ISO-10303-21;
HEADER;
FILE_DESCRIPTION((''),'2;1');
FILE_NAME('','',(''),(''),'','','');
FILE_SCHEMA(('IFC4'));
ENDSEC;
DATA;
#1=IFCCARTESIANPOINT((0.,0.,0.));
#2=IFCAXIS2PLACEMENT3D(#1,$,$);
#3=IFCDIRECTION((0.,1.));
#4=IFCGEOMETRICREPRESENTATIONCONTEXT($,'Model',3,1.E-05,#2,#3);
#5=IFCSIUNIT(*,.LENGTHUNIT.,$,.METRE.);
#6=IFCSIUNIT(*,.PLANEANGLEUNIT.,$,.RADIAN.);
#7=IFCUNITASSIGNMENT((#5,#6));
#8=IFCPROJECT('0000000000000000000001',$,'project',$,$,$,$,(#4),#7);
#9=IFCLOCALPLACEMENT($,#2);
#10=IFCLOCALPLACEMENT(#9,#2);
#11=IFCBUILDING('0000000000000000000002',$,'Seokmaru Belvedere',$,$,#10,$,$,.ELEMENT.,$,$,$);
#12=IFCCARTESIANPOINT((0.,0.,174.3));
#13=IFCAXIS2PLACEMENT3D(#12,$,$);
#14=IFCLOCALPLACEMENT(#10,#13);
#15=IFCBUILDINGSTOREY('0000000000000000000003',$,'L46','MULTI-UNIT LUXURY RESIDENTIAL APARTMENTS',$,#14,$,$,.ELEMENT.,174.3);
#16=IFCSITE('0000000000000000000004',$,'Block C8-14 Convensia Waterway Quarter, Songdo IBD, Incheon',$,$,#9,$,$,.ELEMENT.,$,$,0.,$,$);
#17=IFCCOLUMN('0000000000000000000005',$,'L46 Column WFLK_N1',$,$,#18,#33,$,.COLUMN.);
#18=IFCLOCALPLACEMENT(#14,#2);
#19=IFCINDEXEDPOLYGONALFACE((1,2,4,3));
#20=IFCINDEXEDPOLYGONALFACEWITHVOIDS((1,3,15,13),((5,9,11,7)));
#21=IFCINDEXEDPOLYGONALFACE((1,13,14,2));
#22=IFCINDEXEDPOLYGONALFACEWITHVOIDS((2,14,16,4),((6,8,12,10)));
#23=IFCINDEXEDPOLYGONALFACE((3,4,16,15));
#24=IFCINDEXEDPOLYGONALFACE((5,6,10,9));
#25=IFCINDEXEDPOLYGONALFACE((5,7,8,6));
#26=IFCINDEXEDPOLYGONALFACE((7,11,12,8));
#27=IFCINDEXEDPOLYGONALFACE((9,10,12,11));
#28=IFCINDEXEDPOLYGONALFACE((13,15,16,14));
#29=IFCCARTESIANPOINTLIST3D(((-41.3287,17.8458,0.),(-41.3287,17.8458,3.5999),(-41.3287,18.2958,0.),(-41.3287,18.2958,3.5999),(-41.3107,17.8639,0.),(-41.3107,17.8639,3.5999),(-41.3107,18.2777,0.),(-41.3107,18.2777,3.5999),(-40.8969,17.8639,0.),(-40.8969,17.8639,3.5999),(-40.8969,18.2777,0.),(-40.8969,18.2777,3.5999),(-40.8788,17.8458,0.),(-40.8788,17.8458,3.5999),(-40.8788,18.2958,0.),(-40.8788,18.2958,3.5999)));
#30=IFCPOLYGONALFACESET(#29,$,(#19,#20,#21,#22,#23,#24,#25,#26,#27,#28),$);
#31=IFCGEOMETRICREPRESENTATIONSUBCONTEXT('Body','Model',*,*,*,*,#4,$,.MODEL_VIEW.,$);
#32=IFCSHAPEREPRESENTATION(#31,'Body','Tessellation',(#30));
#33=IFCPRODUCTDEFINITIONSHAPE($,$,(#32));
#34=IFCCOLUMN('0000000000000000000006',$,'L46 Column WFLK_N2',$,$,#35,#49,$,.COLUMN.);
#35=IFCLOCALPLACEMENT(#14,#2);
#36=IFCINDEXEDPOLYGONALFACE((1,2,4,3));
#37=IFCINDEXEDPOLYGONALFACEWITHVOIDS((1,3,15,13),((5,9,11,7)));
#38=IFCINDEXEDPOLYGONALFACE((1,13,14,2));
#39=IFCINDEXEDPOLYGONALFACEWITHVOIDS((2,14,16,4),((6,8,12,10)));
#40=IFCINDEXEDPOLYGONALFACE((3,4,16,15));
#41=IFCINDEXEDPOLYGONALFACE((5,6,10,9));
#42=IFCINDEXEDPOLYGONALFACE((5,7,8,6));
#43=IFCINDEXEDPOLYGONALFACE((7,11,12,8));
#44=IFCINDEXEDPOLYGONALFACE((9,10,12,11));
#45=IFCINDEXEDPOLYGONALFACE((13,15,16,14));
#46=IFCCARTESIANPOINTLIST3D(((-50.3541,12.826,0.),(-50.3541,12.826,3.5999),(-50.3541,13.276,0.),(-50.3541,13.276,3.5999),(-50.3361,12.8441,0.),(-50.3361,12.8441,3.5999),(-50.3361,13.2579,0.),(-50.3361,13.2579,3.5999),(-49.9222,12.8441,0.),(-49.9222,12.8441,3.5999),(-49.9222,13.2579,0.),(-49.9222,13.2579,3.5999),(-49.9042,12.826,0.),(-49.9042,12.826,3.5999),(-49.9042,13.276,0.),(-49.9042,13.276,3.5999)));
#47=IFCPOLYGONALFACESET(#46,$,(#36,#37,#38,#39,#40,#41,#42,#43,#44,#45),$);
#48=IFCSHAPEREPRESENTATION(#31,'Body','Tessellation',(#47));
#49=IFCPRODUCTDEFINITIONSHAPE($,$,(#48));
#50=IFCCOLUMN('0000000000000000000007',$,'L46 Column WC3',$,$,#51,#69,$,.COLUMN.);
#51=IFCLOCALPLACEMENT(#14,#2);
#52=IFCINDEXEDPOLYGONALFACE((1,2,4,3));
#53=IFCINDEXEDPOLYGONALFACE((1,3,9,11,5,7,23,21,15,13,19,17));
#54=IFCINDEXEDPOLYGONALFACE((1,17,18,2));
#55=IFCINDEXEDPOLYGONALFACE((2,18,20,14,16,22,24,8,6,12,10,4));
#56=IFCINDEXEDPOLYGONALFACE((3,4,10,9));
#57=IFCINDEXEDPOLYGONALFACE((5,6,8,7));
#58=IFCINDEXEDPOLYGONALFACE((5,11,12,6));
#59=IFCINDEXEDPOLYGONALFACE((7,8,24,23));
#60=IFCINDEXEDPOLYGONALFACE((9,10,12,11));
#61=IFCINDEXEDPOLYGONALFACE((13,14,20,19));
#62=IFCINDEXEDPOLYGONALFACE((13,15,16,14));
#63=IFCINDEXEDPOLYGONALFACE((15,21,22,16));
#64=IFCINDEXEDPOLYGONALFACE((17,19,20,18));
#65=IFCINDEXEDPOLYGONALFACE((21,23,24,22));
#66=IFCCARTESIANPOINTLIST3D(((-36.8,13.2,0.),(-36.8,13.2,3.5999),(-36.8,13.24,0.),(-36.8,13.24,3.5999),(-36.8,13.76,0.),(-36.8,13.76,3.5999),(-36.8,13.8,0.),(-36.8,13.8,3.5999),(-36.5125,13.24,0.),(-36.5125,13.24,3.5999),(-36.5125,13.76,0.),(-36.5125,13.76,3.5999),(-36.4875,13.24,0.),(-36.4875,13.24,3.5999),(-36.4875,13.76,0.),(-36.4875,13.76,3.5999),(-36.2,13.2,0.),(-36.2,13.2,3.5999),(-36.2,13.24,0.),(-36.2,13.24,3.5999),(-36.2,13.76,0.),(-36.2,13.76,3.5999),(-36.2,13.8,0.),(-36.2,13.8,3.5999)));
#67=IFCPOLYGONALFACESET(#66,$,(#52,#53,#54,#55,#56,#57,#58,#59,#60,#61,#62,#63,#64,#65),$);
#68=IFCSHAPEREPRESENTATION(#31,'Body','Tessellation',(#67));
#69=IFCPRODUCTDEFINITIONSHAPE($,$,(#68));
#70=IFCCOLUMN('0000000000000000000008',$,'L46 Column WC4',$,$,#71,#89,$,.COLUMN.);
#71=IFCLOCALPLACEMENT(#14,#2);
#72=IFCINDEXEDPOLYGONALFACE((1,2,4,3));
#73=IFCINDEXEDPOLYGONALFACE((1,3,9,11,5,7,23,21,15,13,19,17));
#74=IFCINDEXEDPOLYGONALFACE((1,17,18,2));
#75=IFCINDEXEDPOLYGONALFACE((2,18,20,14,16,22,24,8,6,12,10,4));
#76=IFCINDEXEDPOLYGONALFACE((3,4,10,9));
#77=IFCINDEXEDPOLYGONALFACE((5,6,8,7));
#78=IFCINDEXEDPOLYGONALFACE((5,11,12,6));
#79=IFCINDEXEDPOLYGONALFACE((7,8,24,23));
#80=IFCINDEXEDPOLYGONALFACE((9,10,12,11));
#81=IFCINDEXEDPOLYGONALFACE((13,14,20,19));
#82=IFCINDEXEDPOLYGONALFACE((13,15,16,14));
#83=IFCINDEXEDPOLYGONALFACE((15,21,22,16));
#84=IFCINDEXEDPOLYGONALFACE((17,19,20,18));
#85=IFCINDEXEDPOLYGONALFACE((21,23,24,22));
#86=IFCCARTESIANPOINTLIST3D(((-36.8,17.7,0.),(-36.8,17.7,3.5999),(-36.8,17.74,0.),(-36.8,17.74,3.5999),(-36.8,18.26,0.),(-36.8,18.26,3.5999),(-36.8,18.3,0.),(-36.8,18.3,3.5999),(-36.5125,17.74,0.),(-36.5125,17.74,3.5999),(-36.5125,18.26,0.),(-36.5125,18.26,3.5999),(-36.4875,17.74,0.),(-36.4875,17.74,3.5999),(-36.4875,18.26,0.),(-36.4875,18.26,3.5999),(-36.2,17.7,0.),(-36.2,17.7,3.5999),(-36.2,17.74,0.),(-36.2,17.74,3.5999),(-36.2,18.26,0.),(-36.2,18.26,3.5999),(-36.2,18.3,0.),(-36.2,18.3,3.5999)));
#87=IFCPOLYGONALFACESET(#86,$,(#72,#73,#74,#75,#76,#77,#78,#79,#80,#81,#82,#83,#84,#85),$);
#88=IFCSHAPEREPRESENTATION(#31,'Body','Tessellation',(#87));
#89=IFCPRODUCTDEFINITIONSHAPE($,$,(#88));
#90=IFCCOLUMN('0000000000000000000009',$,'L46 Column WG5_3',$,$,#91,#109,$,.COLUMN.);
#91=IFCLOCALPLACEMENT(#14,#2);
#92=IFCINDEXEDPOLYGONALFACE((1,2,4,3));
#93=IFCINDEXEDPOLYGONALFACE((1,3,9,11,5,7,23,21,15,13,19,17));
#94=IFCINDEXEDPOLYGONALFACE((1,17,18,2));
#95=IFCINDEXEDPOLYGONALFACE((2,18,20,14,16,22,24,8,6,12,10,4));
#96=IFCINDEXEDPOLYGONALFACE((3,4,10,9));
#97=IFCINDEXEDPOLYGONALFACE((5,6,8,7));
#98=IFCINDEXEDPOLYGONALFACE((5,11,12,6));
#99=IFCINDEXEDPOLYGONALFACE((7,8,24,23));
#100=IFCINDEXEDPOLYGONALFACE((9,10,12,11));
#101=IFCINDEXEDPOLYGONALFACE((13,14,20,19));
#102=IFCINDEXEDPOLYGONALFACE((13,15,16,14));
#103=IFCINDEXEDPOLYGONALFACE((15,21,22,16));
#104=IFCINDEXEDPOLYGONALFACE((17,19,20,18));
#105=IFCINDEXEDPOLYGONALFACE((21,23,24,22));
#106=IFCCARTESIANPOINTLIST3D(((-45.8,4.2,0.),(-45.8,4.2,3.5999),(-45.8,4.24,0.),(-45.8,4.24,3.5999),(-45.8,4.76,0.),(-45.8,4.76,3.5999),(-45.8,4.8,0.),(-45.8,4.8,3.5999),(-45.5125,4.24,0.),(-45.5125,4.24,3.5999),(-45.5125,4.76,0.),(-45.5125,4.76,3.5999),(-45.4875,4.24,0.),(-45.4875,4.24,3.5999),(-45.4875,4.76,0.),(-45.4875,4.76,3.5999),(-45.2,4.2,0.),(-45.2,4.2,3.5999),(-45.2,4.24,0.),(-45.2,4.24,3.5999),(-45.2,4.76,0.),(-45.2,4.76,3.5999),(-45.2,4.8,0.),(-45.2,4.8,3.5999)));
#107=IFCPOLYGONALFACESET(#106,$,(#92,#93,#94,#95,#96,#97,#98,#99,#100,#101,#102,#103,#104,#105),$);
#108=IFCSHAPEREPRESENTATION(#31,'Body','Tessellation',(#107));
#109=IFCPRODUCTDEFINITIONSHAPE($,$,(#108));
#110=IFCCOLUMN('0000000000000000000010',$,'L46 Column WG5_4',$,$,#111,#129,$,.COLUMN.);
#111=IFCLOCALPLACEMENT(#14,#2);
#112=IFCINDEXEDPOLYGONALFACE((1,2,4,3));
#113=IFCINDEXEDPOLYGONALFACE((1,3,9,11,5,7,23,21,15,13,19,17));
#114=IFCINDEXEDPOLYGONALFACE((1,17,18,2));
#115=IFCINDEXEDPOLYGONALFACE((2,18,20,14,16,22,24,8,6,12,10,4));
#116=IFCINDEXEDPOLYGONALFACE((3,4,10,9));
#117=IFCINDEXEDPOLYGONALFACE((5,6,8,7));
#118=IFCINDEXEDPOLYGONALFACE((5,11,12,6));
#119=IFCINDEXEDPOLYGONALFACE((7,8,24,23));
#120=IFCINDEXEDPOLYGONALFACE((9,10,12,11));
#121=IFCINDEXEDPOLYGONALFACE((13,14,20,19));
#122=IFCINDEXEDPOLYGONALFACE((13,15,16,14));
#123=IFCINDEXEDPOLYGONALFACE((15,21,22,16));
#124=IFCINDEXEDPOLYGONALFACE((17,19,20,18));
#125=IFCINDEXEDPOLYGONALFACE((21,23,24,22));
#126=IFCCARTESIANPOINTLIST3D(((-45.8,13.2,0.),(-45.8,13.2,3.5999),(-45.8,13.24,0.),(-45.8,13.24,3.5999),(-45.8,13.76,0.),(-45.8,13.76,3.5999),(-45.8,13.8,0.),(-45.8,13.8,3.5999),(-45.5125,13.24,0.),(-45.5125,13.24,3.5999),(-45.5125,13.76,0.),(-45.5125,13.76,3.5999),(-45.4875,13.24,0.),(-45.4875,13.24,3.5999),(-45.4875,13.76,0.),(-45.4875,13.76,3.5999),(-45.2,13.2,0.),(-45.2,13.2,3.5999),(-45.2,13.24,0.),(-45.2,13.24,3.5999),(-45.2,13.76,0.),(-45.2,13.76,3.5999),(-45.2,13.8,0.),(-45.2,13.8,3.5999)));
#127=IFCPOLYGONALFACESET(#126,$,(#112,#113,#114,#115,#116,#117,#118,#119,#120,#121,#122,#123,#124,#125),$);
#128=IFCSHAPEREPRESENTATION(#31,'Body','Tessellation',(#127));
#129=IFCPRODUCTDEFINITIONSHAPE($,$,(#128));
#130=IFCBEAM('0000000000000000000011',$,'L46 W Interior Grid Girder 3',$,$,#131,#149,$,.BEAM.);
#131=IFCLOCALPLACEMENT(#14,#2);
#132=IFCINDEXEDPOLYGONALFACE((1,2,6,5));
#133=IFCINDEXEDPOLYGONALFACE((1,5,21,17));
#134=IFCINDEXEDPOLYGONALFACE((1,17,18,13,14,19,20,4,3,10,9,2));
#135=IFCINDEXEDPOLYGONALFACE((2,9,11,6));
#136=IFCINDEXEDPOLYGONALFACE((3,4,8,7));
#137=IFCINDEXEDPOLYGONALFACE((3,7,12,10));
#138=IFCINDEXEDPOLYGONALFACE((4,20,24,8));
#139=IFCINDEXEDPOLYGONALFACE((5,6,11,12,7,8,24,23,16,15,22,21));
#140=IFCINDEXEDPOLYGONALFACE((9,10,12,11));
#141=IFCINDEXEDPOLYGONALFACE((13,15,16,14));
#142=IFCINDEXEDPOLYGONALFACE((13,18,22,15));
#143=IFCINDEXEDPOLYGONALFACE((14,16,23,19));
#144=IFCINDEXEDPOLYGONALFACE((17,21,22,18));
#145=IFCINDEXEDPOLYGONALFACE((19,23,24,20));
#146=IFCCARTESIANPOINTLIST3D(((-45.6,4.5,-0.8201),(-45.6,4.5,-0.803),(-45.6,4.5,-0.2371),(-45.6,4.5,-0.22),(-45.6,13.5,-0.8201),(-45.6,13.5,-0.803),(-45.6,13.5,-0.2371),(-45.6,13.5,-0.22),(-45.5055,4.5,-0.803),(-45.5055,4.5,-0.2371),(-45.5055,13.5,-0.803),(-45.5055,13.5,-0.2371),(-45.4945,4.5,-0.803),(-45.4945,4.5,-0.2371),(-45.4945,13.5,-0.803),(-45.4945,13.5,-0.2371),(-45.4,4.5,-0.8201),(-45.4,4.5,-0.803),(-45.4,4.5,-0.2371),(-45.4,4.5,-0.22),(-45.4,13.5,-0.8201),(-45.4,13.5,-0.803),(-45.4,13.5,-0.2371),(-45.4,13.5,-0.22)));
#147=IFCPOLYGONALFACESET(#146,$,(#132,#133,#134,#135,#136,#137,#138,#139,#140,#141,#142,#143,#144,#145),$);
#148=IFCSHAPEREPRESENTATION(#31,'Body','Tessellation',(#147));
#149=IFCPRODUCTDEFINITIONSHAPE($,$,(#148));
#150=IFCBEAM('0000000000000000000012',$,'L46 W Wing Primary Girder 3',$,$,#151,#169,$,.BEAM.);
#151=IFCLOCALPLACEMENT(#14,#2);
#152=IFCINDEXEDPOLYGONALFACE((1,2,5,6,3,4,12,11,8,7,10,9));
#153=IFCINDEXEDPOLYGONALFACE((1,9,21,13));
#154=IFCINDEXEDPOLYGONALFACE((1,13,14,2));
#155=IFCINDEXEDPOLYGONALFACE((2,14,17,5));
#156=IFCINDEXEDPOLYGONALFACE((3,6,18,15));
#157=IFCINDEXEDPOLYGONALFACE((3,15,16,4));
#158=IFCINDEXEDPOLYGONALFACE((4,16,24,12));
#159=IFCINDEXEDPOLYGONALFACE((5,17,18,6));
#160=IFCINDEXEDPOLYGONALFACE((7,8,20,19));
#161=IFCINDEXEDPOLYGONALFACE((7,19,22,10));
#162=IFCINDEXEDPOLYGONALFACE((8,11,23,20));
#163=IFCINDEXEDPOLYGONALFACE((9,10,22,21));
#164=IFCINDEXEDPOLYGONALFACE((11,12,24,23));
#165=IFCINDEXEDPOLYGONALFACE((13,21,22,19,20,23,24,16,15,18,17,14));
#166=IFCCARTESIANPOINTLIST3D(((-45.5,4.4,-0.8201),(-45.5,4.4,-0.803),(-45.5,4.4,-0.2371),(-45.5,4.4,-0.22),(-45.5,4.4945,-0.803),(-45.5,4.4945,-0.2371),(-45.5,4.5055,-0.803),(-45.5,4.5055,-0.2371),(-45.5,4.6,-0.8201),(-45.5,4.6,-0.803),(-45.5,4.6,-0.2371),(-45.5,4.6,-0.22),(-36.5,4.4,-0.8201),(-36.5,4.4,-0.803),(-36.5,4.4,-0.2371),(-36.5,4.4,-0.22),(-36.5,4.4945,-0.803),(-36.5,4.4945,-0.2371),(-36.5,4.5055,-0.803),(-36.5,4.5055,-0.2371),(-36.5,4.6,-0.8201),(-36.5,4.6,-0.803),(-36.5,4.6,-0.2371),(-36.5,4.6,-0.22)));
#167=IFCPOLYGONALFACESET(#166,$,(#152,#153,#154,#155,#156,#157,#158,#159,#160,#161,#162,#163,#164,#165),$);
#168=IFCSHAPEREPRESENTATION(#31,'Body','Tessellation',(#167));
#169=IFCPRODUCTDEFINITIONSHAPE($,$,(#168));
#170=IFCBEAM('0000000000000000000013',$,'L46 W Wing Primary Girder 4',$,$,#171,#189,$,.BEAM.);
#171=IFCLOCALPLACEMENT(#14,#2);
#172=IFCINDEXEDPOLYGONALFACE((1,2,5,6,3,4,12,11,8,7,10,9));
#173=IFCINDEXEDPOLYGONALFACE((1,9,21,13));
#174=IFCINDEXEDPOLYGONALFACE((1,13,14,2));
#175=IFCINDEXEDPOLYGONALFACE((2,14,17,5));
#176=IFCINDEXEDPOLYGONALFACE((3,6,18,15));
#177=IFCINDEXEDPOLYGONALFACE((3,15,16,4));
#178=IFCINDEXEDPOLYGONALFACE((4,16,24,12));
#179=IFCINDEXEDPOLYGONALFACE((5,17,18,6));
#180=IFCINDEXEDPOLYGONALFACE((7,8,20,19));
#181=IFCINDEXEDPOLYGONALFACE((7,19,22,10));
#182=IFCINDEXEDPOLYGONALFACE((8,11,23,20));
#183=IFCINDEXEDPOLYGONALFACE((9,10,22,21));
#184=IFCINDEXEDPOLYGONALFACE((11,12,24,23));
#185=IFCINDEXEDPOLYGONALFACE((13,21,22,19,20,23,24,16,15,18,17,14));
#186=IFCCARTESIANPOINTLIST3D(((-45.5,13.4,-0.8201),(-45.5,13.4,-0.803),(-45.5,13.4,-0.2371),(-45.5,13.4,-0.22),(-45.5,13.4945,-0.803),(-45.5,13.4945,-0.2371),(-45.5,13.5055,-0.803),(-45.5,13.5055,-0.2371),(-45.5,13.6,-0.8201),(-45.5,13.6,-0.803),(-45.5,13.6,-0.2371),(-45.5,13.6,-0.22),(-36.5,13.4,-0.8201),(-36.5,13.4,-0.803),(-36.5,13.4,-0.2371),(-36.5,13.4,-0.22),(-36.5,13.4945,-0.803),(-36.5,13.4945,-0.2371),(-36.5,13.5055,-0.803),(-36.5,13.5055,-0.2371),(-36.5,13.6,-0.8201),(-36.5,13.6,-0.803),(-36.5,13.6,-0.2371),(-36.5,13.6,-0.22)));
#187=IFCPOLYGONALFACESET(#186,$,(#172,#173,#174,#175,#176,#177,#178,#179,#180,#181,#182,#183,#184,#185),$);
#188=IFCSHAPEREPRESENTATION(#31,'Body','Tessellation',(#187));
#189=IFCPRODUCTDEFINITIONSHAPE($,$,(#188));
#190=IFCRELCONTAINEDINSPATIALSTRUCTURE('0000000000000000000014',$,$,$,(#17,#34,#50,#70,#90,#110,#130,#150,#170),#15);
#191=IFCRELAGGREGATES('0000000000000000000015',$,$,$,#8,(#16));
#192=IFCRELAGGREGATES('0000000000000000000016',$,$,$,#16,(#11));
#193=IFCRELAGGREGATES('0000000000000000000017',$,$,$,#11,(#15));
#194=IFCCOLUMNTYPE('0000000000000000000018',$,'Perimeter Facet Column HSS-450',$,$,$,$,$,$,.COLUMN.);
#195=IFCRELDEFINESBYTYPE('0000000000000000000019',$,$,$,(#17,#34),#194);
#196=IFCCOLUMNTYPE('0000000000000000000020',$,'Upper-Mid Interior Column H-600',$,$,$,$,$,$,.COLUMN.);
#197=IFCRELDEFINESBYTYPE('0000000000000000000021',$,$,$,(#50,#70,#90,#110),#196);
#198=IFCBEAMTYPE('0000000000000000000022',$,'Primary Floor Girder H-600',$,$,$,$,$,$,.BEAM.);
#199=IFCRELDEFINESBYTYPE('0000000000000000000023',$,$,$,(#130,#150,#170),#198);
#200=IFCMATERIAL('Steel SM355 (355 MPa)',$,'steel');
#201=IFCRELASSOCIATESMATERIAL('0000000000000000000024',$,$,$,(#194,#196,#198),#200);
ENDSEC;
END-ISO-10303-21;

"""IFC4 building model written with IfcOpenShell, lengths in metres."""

from ifc_helpers import new_model, si_unit, direction, frame, origin, origin_2d, place, context, subcontext, project, spatial, hollow_rectangle, i_section, extrude, source, transform, mapped, material, material_profile, profile_set, type_object, type_shapes, element, save


model = new_model("IFC4")

# Units and contexts
model_context = context("Model", 3, precision=1e-05, world=origin(), true_north=direction((0.0, 1.0)))
body_context = subcontext(model_context, "Body", "Model", "MODEL_VIEW")
ifc_project = project(units=[si_unit("LENGTHUNIT", "METRE"), si_unit("PLANEANGLEUNIT", "RADIAN")], contexts=[model_context])

# Site, building, storey
site_placement = place(None, origin())
site = spatial("IfcSite", under=ifc_project, at=site_placement, Name="Block C8-14 Convensia Waterway Quarter, Songdo IBD, Incheon", CompositionType="ELEMENT", RefElevation=0.0)
building_placement = place(site_placement, origin())
building = spatial("IfcBuilding", under=site, at=building_placement, Name="Seokmaru Belvedere", CompositionType="ELEMENT")
storey_placement = place(building_placement, frame((0.0, 0.0, 174.3)))
storey = spatial("IfcBuildingStorey", under=building, at=storey_placement, Name="L46", Description="MULTI-UNIT LUXURY RESIDENTIAL APARTMENTS", CompositionType="ELEMENT", Elevation=174.3)

# Columns
ifc_material_1 = material(Name="Steel SM355 (355 MPa)", Category="steel")
ifc_material_profile_1 = material_profile(ifc_material_1, hollow_rectangle(XDim=0.45, YDim=0.45, WallThickness=0.0181, at=origin_2d()), Name="HSS-450x450x18")
ifc_profile_set_1 = profile_set([ifc_material_profile_1], Name="Steel SM355 (355 MPa)")
column_type_1 = type_object("IfcColumnType", Name="Perimeter Facet Column HSS-450", PredefinedType="COLUMN", material=ifc_profile_set_1)
shared_shape_1 = source(origin(), body_context, "Body", "SweptSolid", [
    extrude(hollow_rectangle(XDim=0.45, YDim=0.45, WallThickness=0.0181, at=origin_2d()), origin(), (0.0, 0.0, 1.0), 3.5999),
])
type_shapes(column_type_1, [shared_shape_1])
for number, where, z_axis, x_axis, name in (
    (1, (-41.1038, 18.0708, 0.0), (0.0, 0.0, 1.0), (1.0, 0.0, 0.0), "L46 Column WFLK_N1"),
    (2, (-50.1292, 13.051, 0.0), (0.0, 0.0, 1.0), (1.0, 0.0, 0.0), "L46 Column WFLK_N2"),
):
    element("IfcColumn", number, at=place(storey_placement, frame(where, z_axis=z_axis, x_axis=x_axis)), inside=storey, type_object=column_type_1, Name=name, PredefinedType="COLUMN", context=body_context, shape_type="MappedRepresentation", body=[
        mapped(shared_shape_1, transform((0.0, 0.0, 0.0), scale=1.0)),
    ])
ifc_material_profile_2 = material_profile(ifc_material_1, i_section(OverallWidth=0.6001, OverallDepth=0.6001, WebThickness=0.0249, FlangeThickness=0.04, at=origin_2d()), Name="H-600x600x25x40")
ifc_profile_set_2 = profile_set([ifc_material_profile_2], Name="Steel SM355 (355 MPa)")
column_type_2 = type_object("IfcColumnType", Name="Upper-Mid Interior Column H-600", PredefinedType="COLUMN", material=ifc_profile_set_2)
shared_shape_2 = source(origin(), body_context, "Body", "SweptSolid", [
    extrude(i_section(OverallWidth=0.6001, OverallDepth=0.6001, WebThickness=0.0249, FlangeThickness=0.04, at=origin_2d()), origin(), (0.0, 0.0, 1.0), 3.5999),
])
type_shapes(column_type_2, [shared_shape_2])
for number, where, z_axis, x_axis, name in (
    (3, (-36.5, 13.5, 0.0), (0.0, 0.0, 1.0), (1.0, 0.0, 0.0), "L46 Column WC3"),
    (4, (-36.5, 18.0, 0.0), (0.0, 0.0, 1.0), (1.0, 0.0, 0.0), "L46 Column WC4"),
    (5, (-45.5, 4.5, 0.0), (0.0, 0.0, 1.0), (1.0, 0.0, 0.0), "L46 Column WG5_3"),
    (6, (-45.5, 13.5, 0.0), (0.0, 0.0, 1.0), (1.0, 0.0, 0.0), "L46 Column WG5_4"),
):
    element("IfcColumn", number, at=place(storey_placement, frame(where, z_axis=z_axis, x_axis=x_axis)), inside=storey, type_object=column_type_2, Name=name, PredefinedType="COLUMN", context=body_context, shape_type="MappedRepresentation", body=[
        mapped(shared_shape_2, transform((0.0, 0.0, 0.0), scale=1.0)),
    ])

# Beams
ifc_material_profile_3 = material_profile(ifc_material_1, i_section(OverallWidth=0.2, OverallDepth=0.6001, WebThickness=0.011, FlangeThickness=0.0171, at=origin_2d()), Name="H-600x200x11x17")
ifc_profile_set_3 = profile_set([ifc_material_profile_3], Name="Steel SM355 (355 MPa)")
beam_type_1 = type_object("IfcBeamType", Name="Primary Floor Girder H-600", PredefinedType="BEAM", material=ifc_profile_set_3)
shared_shape_3 = source(origin(), body_context, "Body", "SweptSolid", [
    extrude(i_section(OverallWidth=0.2, OverallDepth=0.6001, WebThickness=0.011, FlangeThickness=0.0171, at=origin_2d()), origin(), (0.0, 0.0, 1.0), 9.0),
])
for number, where, z_axis, x_axis, name in (
    (7, (-45.5, 4.5, -0.52), (0.0, 1.0, 0.0), (-1.0, 0.0, 0.0), "L46 W Interior Grid Girder 3"),
    (8, (-45.5, 4.5, -0.52), (1.0, 0.0, 0.0), (0.0, 1.0, 0.0), "L46 W Wing Primary Girder 3"),
    (9, (-45.5, 13.5, -0.52), (1.0, 0.0, 0.0), (0.0, 1.0, 0.0), "L46 W Wing Primary Girder 4"),
):
    element("IfcBeam", number, at=place(storey_placement, frame(where, z_axis=z_axis, x_axis=x_axis)), inside=storey, type_object=beam_type_1, Name=name, PredefinedType="BEAM", context=body_context, shape_type="MappedRepresentation", body=[
        mapped(shared_shape_3, transform((0.0, 0.0, 0.0), scale=1.0)),
    ])

save(model, "model.ifc")
